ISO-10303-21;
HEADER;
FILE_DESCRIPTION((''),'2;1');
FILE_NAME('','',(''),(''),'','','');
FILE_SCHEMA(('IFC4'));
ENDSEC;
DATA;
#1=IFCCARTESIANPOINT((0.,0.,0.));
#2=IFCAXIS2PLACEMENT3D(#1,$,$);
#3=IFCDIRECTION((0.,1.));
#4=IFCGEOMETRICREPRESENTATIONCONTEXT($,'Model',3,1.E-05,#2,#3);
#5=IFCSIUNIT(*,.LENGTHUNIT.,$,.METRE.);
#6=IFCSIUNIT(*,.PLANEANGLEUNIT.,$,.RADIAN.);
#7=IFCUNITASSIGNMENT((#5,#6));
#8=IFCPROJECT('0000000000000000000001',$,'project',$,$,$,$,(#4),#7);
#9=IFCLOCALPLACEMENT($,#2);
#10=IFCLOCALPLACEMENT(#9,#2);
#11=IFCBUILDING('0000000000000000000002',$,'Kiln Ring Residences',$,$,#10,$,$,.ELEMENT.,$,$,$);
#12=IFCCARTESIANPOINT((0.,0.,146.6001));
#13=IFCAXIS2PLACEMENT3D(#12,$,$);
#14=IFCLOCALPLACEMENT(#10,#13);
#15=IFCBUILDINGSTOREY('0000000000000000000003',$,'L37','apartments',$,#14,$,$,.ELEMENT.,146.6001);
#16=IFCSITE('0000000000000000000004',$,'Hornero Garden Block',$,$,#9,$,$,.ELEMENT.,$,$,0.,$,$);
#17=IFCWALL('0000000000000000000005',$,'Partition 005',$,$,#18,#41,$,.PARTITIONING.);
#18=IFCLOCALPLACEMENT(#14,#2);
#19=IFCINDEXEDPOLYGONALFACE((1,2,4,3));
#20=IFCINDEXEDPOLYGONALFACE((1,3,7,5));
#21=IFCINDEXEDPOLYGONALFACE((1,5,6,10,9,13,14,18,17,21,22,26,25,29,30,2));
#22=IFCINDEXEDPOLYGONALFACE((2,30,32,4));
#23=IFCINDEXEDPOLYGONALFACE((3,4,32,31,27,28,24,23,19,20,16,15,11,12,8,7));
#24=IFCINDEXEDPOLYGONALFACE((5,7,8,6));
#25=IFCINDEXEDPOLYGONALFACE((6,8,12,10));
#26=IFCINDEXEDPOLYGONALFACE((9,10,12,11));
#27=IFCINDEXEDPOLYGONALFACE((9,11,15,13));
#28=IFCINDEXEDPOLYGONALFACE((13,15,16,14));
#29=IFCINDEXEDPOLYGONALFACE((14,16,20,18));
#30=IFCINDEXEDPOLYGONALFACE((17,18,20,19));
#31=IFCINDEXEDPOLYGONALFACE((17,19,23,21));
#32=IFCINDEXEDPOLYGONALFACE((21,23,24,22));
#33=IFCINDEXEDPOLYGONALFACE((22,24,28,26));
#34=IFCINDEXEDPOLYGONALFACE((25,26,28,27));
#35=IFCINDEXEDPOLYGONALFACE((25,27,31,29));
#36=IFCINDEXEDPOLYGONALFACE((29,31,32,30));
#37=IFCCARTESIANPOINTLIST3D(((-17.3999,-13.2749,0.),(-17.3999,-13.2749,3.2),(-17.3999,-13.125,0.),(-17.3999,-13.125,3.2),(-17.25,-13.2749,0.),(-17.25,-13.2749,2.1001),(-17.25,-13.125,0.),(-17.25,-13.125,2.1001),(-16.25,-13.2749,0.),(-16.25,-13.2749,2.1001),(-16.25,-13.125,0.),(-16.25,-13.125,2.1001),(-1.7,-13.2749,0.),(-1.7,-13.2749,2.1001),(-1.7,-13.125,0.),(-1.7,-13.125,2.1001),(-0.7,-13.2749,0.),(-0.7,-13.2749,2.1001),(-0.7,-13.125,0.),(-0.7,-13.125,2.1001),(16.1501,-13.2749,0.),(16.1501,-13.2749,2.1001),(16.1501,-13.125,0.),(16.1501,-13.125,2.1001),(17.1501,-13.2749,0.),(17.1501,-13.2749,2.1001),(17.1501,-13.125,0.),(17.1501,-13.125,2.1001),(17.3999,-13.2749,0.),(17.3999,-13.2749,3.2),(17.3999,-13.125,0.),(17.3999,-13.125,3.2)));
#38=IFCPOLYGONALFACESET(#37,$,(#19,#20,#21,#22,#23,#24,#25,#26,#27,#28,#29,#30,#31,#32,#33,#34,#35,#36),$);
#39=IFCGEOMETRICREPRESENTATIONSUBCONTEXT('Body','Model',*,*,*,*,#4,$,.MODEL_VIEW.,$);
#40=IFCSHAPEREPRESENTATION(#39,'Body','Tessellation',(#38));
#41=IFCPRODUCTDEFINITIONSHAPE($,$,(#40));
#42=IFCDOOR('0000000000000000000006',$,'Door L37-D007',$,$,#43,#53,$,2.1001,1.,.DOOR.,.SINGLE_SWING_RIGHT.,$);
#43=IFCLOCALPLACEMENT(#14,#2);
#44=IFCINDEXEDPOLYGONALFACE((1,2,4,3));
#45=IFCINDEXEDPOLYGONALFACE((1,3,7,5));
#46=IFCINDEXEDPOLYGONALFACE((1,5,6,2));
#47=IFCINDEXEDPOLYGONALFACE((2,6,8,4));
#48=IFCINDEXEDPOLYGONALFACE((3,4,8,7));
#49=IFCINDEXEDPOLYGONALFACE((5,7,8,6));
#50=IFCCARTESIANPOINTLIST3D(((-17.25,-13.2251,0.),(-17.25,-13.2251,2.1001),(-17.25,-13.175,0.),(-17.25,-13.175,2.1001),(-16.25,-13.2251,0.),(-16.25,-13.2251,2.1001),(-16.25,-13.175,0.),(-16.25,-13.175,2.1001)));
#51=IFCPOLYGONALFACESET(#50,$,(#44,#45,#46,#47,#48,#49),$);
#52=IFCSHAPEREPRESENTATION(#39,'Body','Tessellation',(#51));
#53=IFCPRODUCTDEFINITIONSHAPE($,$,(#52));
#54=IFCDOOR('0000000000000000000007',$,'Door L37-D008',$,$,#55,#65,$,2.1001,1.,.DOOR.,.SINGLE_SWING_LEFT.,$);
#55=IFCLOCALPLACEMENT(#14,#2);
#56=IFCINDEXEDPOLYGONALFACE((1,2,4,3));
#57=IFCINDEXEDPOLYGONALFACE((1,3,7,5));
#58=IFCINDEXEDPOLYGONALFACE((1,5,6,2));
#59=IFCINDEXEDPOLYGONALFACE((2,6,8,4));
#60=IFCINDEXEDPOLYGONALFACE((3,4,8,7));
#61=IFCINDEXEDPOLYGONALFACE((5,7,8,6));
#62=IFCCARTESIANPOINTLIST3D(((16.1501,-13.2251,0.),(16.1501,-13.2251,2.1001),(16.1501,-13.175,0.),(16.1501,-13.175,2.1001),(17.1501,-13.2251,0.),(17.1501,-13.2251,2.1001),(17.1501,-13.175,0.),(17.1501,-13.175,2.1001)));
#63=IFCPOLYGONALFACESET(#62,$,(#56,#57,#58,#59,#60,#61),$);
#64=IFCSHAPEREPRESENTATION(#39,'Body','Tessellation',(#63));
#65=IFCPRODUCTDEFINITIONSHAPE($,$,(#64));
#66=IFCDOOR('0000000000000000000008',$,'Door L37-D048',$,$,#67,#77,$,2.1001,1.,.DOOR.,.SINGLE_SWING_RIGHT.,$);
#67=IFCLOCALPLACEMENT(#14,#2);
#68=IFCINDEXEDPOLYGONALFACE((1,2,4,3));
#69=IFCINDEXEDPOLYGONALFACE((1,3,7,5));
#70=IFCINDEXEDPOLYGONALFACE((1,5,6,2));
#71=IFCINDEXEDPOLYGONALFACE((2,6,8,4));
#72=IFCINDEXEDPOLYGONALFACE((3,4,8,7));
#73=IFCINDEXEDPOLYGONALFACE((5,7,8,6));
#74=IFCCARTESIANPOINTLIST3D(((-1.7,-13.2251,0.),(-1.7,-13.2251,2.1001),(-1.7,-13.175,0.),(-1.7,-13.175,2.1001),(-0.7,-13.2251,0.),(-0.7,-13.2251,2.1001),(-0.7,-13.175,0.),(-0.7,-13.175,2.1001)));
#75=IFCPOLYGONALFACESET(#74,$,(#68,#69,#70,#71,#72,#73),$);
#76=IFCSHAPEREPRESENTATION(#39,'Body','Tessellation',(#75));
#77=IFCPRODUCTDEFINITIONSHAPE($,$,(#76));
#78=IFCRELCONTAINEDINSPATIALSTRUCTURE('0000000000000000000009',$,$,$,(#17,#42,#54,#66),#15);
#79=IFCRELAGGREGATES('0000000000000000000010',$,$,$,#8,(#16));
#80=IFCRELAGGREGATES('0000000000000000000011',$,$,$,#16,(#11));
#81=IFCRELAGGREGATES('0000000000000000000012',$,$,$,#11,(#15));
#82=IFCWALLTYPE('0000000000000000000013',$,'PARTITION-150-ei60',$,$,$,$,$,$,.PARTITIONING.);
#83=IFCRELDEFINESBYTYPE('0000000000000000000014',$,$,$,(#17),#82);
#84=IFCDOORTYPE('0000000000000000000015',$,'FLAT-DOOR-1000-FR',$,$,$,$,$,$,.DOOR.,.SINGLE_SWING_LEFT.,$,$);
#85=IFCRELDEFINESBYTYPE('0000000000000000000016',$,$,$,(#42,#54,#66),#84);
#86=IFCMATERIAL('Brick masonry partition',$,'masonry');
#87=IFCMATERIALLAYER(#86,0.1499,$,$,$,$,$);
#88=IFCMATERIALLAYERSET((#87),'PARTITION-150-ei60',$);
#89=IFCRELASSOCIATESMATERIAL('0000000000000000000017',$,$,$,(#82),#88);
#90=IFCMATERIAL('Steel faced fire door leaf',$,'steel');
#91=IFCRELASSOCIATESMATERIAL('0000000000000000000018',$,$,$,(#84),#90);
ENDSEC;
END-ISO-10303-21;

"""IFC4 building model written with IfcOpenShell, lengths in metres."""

from ifc_helpers import new_model, si_unit, direction, frame, frame_2d, origin, place, context, subcontext, project, spatial, rectangle, extrude, material, layer, layer_set, type_object, element, fill, save


model = new_model("IFC4")

# Units and contexts
model_context = context("Model", 3, precision=1e-05, world=origin(), true_north=direction((0.0, 1.0)))
body_context = subcontext(model_context, "Body", "Model", "MODEL_VIEW")
ifc_project = project(units=[si_unit("LENGTHUNIT", "METRE"), si_unit("PLANEANGLEUNIT", "RADIAN")], contexts=[model_context])

# Site, building, storey
site_placement = place(None, origin())
site = spatial("IfcSite", under=ifc_project, at=site_placement, Name="Hornero Garden Block", CompositionType="ELEMENT", RefElevation=0.0)
building_placement = place(site_placement, origin())
building = spatial("IfcBuilding", under=site, at=building_placement, Name="Kiln Ring Residences", CompositionType="ELEMENT")
storey_placement = place(building_placement, frame((0.0, 0.0, 146.6001)))
storey = spatial("IfcBuildingStorey", under=building, at=storey_placement, Name="L37", Description="apartments", CompositionType="ELEMENT", Elevation=146.6001)

# Wall, openings, doors
ifc_material_1 = material(Name="Brick masonry partition", Category="masonry")
ifc_layer_1 = layer(ifc_material_1, 0.1499)
ifc_layer_set_1 = layer_set([ifc_layer_1], Name="PARTITION-150-ei60")
wall_type_1 = type_object("IfcWallType", Name="PARTITION-150-ei60", PredefinedType="PARTITIONING", material=ifc_layer_set_1)
wall_1_placement = place(storey_placement, frame((-17.3999, -13.2, 0.0), z_axis=(0.0, 0.0, 1.0), x_axis=(1.0, 0.0, 0.0)))
wall_1 = element("IfcWall", 1, at=wall_1_placement, inside=storey, type_object=wall_type_1, Name="Partition 005", PredefinedType="PARTITIONING", context=body_context, shape_type="SweptSolid", body=[
    extrude(rectangle(XDim=34.7998, YDim=0.1499, at=frame_2d((17.3999, 0.0))), origin(), (0.0, 0.0, 1.0), 3.2),
])
opening_1_placement = place(wall_1_placement, frame((0.1499, 0.0, 0.0)))
opening_1 = element("IfcOpeningElement", 2, at=opening_1_placement, cuts=wall_1, PredefinedType="OPENING", context=body_context, shape_type="SweptSolid", body=[
    extrude(rectangle(XDim=1.0, YDim=2.1001, at=frame_2d((0.5, 1.05))), frame((0.0, 0.085, 0.0), z_axis=(0.0, -1.0, 0.0), x_axis=(1.0, 0.0, 0.0)), (0.0, 0.0, 1.0), 0.1699),
])
opening_2_placement = place(wall_1_placement, frame((33.55, 0.0, 0.0)))
opening_2 = element("IfcOpeningElement", 3, at=opening_2_placement, cuts=wall_1, PredefinedType="OPENING", context=body_context, shape_type="SweptSolid", body=[
    extrude(rectangle(XDim=1.0, YDim=2.1001, at=frame_2d((0.5, 1.05))), frame((0.0, 0.085, 0.0), z_axis=(0.0, -1.0, 0.0), x_axis=(1.0, 0.0, 0.0)), (0.0, 0.0, 1.0), 0.1699),
])
opening_3_placement = place(wall_1_placement, frame((15.7, 0.0, 0.0)))
opening_3 = element("IfcOpeningElement", 4, at=opening_3_placement, cuts=wall_1, PredefinedType="OPENING", context=body_context, shape_type="SweptSolid", body=[
    extrude(rectangle(XDim=1.0, YDim=2.1001, at=frame_2d((0.5, 1.05))), frame((0.0, 0.085, 0.0), z_axis=(0.0, -1.0, 0.0), x_axis=(1.0, 0.0, 0.0)), (0.0, 0.0, 1.0), 0.1699),
])
ifc_material_2 = material(Name="Steel faced fire door leaf", Category="steel")
door_type_1 = type_object("IfcDoorType", Name="FLAT-DOOR-1000-FR", OperationType="SINGLE_SWING_LEFT", PredefinedType="DOOR", material=ifc_material_2)
door_1_placement = place(opening_1_placement, origin())
door_1 = element("IfcDoor", 5, at=door_1_placement, inside=storey, type_object=door_type_1, Name="Door L37-D007", OperationType="SINGLE_SWING_RIGHT", OverallHeight=2.1001, OverallWidth=1.0, PredefinedType="DOOR", context=body_context, shape_type="SweptSolid", body=[
    extrude(rectangle(XDim=1.0, YDim=2.1001, at=frame_2d((0.5, 1.05))), frame((0.0, 0.0249, 0.0), z_axis=(0.0, -1.0, 0.0), x_axis=(1.0, 0.0, 0.0)), (0.0, 0.0, 1.0), 0.05),
])
fill(opening_1, door_1)
door_2_placement = place(opening_2_placement, origin())
door_2 = element("IfcDoor", 6, at=door_2_placement, inside=storey, type_object=door_type_1, Name="Door L37-D008", OperationType="SINGLE_SWING_LEFT", OverallHeight=2.1001, OverallWidth=1.0, PredefinedType="DOOR", context=body_context, shape_type="SweptSolid", body=[
    extrude(rectangle(XDim=1.0, YDim=2.1001, at=frame_2d((0.5, 1.05))), frame((0.0, 0.0249, 0.0), z_axis=(0.0, -1.0, 0.0), x_axis=(1.0, 0.0, 0.0)), (0.0, 0.0, 1.0), 0.05),
])
fill(opening_2, door_2)
door_3_placement = place(opening_3_placement, origin())
door_3 = element("IfcDoor", 7, at=door_3_placement, inside=storey, type_object=door_type_1, Name="Door L37-D048", OperationType="SINGLE_SWING_RIGHT", OverallHeight=2.1001, OverallWidth=1.0, PredefinedType="DOOR", context=body_context, shape_type="SweptSolid", body=[
    extrude(rectangle(XDim=1.0, YDim=2.1001, at=frame_2d((0.5, 1.05))), frame((0.0, 0.0249, 0.0), z_axis=(0.0, -1.0, 0.0), x_axis=(1.0, 0.0, 0.0)), (0.0, 0.0, 1.0), 0.05),
])
fill(opening_3, door_3)

save(model, "model.ifc")
